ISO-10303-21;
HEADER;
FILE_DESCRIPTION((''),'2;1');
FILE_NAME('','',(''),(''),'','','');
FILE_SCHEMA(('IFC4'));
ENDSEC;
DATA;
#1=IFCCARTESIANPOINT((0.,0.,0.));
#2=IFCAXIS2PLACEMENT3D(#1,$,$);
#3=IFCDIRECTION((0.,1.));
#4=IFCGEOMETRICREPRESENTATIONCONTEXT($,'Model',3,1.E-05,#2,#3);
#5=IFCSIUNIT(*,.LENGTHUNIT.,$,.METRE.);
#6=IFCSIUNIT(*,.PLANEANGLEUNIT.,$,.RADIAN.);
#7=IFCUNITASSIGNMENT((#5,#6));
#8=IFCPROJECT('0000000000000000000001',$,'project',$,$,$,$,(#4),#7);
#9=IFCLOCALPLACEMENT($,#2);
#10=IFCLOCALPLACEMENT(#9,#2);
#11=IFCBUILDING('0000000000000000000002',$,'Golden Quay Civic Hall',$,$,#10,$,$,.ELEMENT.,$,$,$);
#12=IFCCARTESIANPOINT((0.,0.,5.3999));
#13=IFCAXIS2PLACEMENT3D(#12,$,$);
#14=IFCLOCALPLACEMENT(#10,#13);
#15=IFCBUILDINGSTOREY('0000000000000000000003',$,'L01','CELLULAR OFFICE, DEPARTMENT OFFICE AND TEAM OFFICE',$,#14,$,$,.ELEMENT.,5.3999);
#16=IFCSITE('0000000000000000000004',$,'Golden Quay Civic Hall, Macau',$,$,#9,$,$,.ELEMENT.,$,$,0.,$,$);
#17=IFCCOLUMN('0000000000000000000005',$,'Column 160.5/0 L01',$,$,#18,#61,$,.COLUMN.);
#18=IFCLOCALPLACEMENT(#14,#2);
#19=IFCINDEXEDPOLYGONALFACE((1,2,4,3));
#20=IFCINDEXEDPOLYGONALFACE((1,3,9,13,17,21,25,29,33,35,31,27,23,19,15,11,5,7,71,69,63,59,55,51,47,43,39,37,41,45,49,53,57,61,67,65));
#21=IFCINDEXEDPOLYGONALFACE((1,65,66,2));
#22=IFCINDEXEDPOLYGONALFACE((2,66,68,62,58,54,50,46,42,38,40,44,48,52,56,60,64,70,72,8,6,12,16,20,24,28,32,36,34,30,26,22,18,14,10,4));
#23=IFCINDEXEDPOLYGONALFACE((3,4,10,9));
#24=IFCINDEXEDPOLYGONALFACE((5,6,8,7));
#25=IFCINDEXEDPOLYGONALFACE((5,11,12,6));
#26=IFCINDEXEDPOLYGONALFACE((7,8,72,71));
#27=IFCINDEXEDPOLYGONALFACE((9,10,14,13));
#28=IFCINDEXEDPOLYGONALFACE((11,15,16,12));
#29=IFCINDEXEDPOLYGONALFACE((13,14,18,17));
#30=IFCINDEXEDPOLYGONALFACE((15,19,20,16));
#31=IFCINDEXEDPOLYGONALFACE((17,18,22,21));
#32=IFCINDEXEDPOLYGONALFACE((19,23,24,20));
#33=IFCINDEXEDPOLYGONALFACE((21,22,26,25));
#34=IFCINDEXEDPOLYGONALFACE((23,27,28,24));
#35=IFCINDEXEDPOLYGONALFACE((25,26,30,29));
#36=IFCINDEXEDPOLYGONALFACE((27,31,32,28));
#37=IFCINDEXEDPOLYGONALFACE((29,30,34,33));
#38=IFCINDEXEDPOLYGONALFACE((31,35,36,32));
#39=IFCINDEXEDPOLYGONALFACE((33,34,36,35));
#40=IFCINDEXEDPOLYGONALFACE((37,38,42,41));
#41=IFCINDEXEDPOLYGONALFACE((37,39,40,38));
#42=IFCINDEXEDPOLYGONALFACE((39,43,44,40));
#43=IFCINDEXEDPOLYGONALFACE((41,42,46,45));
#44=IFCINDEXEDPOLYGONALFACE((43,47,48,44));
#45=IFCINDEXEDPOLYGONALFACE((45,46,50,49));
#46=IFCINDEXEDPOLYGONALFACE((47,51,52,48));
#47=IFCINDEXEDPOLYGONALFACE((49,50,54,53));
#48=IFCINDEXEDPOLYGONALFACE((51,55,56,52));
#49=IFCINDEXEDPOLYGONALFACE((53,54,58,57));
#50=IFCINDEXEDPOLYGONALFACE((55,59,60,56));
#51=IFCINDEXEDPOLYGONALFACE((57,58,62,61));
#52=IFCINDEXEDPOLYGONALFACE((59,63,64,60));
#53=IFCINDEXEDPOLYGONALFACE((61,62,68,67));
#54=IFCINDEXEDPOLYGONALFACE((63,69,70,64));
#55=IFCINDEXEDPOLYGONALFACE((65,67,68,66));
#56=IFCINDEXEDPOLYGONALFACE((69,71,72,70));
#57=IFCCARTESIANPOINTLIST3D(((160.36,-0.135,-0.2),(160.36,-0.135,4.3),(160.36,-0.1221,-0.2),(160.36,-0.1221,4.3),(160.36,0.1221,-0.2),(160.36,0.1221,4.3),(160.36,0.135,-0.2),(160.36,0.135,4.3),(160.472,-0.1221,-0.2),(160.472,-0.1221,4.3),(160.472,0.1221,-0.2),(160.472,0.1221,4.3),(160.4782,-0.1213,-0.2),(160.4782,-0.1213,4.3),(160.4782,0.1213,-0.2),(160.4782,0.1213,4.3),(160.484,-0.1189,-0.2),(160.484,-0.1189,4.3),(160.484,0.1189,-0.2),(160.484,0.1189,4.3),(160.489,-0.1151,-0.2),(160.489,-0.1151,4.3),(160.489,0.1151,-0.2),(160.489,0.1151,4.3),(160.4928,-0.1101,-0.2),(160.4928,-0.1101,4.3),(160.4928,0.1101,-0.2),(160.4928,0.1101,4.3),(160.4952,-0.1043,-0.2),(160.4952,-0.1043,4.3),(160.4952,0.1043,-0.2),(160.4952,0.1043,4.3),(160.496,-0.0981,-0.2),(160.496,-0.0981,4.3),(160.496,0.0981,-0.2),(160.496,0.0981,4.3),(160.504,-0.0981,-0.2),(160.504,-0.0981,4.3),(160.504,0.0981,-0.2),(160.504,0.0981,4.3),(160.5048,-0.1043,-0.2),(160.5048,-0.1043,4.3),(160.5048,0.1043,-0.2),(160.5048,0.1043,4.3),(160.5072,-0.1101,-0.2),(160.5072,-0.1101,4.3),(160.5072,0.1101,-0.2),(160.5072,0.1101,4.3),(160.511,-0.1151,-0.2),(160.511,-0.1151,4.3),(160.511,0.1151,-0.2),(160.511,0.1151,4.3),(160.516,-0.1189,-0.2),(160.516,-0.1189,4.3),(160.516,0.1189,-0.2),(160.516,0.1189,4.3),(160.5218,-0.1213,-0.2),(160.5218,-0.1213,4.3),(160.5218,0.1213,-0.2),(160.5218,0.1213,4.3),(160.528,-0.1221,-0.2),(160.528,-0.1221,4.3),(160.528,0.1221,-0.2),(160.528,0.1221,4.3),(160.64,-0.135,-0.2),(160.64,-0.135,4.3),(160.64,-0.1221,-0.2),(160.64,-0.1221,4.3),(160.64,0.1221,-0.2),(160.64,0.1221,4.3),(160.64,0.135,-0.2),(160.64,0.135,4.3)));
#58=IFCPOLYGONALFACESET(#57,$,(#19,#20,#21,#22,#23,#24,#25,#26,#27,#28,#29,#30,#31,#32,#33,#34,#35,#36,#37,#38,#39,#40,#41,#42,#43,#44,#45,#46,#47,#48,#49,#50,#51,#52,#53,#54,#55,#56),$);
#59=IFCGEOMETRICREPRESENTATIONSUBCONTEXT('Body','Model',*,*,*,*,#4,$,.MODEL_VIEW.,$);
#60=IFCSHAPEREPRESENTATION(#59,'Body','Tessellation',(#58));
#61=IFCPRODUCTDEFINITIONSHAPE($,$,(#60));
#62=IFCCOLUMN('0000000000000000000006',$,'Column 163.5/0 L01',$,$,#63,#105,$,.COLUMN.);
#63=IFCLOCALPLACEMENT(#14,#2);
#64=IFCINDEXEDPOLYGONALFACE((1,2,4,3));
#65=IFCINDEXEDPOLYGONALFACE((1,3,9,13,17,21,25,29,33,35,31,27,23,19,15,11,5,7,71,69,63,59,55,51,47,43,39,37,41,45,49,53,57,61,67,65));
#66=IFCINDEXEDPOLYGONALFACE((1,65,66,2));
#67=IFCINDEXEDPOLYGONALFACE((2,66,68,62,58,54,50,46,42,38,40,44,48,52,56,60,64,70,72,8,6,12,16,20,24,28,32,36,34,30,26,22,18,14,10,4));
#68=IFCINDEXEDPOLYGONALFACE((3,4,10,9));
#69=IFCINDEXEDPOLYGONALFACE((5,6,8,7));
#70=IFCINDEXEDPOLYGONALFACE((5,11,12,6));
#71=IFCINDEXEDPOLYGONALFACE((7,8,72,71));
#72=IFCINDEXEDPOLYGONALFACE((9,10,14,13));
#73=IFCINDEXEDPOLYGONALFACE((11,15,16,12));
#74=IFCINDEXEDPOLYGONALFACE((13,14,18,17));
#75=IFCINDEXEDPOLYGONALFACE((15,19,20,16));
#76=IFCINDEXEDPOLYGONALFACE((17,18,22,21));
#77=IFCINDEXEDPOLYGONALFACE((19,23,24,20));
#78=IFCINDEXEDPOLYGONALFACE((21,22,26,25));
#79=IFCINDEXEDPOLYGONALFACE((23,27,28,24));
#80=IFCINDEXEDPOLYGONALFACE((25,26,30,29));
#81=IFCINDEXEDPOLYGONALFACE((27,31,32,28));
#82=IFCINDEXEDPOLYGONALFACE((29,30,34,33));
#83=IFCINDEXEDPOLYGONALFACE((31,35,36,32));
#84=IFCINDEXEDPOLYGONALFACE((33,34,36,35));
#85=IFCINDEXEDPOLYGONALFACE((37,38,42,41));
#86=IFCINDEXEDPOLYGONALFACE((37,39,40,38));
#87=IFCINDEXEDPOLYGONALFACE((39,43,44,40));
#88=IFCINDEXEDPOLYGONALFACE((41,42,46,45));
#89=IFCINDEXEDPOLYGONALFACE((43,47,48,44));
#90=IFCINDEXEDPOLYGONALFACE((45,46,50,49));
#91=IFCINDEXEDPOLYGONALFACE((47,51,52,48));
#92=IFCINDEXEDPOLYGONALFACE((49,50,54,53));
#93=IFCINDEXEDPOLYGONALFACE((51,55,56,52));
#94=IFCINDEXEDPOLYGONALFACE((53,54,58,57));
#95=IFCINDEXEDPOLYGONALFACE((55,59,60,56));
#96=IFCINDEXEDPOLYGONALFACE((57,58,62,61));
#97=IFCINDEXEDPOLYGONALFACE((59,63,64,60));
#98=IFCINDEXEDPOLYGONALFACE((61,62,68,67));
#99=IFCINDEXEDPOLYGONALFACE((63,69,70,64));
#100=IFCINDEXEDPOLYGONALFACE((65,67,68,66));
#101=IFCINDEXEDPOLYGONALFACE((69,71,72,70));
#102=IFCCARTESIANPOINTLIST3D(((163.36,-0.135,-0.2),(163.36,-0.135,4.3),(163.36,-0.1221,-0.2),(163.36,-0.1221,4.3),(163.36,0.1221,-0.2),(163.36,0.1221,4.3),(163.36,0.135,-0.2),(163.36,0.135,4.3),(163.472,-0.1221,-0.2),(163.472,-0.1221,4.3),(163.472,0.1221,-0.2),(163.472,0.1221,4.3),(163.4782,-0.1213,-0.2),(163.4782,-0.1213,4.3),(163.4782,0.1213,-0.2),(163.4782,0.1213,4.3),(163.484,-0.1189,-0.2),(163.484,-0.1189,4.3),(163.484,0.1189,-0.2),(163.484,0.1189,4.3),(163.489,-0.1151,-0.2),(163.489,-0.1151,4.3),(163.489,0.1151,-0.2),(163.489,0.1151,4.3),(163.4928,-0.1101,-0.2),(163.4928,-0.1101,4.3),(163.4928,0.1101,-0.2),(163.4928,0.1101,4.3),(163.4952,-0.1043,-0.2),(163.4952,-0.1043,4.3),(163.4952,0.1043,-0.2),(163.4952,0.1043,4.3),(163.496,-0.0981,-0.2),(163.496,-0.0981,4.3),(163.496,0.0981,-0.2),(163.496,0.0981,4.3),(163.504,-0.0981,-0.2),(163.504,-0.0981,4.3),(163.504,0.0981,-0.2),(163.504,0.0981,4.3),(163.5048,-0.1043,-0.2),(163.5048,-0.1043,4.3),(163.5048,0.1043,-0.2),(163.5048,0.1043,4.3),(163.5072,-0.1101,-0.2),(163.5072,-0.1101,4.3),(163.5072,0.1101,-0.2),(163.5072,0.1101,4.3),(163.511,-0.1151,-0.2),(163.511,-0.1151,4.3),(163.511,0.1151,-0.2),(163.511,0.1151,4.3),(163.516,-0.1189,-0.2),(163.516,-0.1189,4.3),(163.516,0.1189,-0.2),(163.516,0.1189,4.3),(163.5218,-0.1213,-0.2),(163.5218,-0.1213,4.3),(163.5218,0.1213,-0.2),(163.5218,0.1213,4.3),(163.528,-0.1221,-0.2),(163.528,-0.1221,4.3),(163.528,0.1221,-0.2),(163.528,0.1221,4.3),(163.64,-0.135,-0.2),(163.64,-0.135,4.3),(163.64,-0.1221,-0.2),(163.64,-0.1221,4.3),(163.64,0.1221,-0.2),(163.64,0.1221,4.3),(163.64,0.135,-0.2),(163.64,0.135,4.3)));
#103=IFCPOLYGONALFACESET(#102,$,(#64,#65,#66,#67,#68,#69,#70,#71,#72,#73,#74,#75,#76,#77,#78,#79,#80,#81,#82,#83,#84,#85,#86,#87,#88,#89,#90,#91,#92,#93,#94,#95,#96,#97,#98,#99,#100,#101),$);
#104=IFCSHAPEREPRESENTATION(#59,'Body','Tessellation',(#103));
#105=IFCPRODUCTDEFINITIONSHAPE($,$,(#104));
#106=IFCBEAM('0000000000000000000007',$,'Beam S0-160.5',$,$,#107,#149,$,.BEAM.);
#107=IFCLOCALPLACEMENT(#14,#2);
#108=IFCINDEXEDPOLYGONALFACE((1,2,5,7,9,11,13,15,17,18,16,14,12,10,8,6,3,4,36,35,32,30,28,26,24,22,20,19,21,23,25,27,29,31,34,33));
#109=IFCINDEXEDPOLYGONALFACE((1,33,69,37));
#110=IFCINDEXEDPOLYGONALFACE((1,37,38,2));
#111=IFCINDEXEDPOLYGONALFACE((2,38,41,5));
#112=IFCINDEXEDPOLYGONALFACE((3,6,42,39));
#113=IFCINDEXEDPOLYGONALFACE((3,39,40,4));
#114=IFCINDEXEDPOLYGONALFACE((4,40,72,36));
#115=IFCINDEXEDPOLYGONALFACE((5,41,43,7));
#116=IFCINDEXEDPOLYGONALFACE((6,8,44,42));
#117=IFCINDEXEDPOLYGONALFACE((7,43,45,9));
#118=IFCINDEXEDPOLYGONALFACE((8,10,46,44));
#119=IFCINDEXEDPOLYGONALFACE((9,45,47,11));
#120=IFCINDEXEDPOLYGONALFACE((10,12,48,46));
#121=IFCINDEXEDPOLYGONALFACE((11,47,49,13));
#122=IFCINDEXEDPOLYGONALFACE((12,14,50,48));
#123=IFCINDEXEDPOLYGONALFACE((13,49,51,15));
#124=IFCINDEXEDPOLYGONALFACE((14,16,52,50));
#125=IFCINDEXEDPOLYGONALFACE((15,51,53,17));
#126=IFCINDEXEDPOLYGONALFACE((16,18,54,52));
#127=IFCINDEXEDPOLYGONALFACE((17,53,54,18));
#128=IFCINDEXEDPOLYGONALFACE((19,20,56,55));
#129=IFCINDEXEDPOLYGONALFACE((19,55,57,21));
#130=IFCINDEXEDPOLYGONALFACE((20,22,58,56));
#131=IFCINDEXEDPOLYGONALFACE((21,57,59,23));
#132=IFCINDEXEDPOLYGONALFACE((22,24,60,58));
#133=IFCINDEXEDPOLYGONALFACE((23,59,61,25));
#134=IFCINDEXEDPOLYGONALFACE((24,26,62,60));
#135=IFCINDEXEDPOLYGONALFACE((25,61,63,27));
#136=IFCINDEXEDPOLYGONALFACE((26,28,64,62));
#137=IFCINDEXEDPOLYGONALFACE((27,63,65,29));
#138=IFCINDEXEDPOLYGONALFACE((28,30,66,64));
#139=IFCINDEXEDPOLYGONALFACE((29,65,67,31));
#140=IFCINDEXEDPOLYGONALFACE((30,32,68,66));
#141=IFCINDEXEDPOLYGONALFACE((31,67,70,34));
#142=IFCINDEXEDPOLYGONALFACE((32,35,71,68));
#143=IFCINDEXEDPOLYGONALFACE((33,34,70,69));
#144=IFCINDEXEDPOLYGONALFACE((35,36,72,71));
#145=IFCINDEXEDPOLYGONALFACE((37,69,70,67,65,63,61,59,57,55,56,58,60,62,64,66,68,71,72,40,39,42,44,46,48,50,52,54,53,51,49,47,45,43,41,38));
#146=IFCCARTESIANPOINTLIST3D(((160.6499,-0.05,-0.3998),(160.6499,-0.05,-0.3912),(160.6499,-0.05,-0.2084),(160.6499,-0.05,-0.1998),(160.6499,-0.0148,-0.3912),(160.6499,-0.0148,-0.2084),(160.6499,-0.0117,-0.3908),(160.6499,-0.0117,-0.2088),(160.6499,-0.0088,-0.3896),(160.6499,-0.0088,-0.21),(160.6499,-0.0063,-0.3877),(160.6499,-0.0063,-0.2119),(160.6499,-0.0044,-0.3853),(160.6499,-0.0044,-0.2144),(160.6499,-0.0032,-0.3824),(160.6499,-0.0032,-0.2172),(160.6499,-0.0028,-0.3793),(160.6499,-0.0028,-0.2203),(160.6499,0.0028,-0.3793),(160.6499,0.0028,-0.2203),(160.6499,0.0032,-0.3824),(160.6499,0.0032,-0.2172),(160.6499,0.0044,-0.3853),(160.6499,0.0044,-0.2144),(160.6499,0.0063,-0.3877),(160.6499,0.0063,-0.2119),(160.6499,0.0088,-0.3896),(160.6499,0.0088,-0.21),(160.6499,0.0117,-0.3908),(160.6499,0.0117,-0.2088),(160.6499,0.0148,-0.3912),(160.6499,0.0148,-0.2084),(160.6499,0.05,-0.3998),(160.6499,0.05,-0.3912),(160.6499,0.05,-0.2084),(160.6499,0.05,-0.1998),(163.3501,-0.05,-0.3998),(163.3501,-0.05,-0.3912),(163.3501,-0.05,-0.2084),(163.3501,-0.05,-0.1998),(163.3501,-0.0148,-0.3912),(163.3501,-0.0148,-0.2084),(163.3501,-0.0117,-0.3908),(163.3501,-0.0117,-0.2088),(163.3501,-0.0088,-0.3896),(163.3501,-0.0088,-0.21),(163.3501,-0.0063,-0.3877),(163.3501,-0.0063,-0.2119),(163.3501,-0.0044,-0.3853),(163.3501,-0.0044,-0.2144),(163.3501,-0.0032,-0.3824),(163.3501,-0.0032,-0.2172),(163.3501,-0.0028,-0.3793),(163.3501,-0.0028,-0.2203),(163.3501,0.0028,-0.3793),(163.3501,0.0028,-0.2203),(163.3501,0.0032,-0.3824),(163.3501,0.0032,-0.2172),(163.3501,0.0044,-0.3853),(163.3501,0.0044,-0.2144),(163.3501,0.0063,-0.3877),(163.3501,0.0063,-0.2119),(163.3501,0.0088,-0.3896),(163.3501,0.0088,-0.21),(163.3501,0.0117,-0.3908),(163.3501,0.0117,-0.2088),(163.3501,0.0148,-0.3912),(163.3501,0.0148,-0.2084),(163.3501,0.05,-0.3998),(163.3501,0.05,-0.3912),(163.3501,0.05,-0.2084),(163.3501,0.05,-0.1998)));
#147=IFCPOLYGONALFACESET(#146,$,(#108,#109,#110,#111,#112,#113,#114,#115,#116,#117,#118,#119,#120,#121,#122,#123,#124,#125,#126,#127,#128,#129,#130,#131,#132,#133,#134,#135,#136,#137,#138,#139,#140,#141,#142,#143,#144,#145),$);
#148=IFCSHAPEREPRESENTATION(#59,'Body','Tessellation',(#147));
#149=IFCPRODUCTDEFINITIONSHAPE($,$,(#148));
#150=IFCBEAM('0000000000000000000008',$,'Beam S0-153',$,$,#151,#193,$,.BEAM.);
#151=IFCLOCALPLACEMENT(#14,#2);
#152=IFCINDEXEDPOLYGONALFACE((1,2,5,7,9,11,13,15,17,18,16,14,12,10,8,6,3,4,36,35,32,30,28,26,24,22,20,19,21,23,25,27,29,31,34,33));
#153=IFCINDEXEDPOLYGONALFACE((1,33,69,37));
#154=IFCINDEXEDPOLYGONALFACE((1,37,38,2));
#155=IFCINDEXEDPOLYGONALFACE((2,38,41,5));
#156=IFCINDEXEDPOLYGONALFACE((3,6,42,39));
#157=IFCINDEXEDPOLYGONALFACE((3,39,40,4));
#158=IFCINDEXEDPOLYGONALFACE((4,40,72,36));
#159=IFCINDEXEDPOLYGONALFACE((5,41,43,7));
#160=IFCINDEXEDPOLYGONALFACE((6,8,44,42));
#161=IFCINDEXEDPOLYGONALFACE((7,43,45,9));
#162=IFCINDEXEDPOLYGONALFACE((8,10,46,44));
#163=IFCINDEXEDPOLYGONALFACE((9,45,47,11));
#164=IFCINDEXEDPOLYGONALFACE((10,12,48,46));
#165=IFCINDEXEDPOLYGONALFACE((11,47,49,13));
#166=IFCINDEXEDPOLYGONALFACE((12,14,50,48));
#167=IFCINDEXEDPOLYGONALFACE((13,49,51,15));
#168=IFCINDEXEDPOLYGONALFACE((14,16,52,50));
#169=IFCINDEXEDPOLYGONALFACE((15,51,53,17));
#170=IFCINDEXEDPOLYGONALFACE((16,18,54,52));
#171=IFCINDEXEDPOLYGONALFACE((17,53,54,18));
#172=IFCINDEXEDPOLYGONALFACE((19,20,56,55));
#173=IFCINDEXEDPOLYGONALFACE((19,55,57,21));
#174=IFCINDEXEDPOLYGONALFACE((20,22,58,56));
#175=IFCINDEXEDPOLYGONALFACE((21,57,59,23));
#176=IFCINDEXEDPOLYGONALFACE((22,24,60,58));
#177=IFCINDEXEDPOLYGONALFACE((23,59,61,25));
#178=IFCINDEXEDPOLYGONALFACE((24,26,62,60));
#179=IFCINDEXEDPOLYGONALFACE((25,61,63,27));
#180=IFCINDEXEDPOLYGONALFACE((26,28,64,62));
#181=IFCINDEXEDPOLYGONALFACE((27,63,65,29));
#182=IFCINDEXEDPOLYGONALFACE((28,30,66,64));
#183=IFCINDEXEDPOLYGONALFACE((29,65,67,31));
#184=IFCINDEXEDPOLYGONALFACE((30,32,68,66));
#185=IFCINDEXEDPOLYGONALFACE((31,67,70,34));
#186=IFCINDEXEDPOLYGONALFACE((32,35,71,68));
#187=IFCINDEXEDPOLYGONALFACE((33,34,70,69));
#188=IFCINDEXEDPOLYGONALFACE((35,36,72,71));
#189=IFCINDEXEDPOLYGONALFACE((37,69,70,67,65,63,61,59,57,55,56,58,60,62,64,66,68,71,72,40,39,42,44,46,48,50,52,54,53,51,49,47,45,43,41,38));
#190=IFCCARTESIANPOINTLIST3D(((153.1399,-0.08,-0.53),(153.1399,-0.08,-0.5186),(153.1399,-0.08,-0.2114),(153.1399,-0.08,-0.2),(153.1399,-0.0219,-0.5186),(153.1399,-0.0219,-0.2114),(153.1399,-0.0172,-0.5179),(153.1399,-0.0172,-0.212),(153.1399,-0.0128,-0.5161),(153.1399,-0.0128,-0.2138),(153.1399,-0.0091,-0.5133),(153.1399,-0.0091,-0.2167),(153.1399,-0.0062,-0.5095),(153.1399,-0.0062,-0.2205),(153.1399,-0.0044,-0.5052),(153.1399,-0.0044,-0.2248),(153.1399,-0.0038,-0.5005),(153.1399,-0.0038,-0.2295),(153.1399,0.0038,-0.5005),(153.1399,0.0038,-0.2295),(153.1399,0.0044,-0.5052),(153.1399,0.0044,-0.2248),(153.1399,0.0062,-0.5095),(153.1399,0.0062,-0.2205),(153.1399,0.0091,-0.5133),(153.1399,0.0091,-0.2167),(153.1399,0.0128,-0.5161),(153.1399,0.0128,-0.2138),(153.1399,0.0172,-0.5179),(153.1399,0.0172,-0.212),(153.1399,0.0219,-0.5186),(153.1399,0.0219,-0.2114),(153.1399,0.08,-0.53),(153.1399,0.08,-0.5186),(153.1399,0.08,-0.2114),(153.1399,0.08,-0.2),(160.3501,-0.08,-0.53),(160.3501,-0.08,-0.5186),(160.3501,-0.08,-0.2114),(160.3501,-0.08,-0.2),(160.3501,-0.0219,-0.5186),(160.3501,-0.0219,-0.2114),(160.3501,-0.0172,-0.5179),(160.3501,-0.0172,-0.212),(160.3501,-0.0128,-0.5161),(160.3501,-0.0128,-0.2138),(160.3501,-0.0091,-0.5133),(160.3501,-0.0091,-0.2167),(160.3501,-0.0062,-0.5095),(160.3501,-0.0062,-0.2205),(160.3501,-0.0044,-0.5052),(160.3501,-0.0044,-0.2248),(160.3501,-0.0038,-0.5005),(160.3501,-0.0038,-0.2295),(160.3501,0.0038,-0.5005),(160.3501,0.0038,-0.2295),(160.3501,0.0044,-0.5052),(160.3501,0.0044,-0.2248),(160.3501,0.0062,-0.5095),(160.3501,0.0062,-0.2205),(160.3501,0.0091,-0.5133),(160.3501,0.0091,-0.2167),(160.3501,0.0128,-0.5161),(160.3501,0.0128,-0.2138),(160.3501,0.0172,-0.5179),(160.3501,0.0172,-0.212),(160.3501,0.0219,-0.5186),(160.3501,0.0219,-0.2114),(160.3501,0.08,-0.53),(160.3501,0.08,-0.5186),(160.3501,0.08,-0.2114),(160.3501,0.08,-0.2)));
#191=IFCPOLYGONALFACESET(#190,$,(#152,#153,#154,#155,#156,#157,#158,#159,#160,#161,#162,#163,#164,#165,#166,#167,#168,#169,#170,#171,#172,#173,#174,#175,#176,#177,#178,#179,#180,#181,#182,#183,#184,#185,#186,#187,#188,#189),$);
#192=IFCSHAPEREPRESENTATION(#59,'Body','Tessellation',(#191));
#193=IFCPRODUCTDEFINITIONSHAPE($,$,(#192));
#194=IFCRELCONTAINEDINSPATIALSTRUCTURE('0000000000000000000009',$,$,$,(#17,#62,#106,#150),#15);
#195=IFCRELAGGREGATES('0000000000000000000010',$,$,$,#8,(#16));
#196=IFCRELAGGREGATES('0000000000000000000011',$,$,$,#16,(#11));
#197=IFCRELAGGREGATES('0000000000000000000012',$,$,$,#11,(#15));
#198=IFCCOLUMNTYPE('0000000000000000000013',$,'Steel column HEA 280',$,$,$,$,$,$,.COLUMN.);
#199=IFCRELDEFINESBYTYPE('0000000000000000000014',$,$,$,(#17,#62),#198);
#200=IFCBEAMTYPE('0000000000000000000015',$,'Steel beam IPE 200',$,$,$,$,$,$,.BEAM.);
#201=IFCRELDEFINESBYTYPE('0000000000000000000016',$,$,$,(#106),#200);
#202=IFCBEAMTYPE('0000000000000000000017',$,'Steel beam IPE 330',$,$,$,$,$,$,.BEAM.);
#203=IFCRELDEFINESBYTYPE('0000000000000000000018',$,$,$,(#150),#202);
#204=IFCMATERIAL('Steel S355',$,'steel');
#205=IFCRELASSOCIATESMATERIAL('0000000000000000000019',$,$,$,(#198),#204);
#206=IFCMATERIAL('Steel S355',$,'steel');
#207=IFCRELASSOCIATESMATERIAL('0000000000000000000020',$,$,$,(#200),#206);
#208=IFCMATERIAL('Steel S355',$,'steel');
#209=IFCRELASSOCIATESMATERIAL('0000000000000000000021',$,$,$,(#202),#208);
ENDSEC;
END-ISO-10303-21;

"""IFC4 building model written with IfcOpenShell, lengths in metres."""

from ifc_helpers import new_model, si_unit, direction, frame, origin, origin_2d, place, context, subcontext, project, spatial, i_section, extrude, material, material_profile, profile_set, type_object, element, save


model = new_model("IFC4")

# Units and contexts
model_context = context("Model", 3, precision=1e-05, world=origin(), true_north=direction((0.0, 1.0)))
body_context = subcontext(model_context, "Body", "Model", "MODEL_VIEW")
ifc_project = project(units=[si_unit("LENGTHUNIT", "METRE"), si_unit("PLANEANGLEUNIT", "RADIAN")], contexts=[model_context])

# Site, building, storey
site_placement = place(None, origin())
site = spatial("IfcSite", under=ifc_project, at=site_placement, Name="Golden Quay Civic Hall, Macau", CompositionType="ELEMENT", RefElevation=0.0)
building_placement = place(site_placement, origin())
building = spatial("IfcBuilding", under=site, at=building_placement, Name="Golden Quay Civic Hall", CompositionType="ELEMENT")
storey_placement = place(building_placement, frame((0.0, 0.0, 5.3999)))
storey = spatial("IfcBuildingStorey", under=building, at=storey_placement, Name="L01", Description="CELLULAR OFFICE, DEPARTMENT OFFICE AND TEAM OFFICE", CompositionType="ELEMENT", Elevation=5.3999)

# Columns
ifc_material_1 = material(Name="Steel S355", Category="steel")
ifc_material_profile_1 = material_profile(ifc_material_1, i_section(OverallWidth=0.28, OverallDepth=0.27, WebThickness=0.0081, FlangeThickness=0.0129, FilletRadius=0.0239, at=origin_2d()), Name="HEA 280")
ifc_profile_set_1 = profile_set([ifc_material_profile_1], Name="Steel S355")
column_type = type_object("IfcColumnType", Name="Steel column HEA 280", PredefinedType="COLUMN", material=ifc_profile_set_1)
for number, where, z_axis, x_axis, name in (
    (1, (160.5, 0.0, -0.2), (0.0, 0.0, 1.0), (1.0, 0.0, 0.0), "Column 160.5/0 L01"),
    (2, (163.5, 0.0, -0.2), (0.0, 0.0, 1.0), (1.0, 0.0, 0.0), "Column 163.5/0 L01"),
):
    element("IfcColumn", number, at=place(storey_placement, frame(where, z_axis=z_axis, x_axis=x_axis)), inside=storey, type_object=column_type, Name=name, PredefinedType="COLUMN", context=body_context, shape_type="SweptSolid", body=[
        extrude(i_section(OverallWidth=0.28, OverallDepth=0.27, WebThickness=0.0081, FlangeThickness=0.0129, FilletRadius=0.0239, at=origin_2d()), origin(), (0.0, 0.0, 1.0), 4.5),
    ])

# Beams
ifc_material_2 = material(Name="Steel S355", Category="steel")
ifc_material_profile_2 = material_profile(ifc_material_2, i_section(OverallWidth=0.1001, OverallDepth=0.2, WebThickness=0.0056, FlangeThickness=0.0085, FilletRadius=0.012, at=origin_2d()), Name="IPE 200")
ifc_profile_set_2 = profile_set([ifc_material_profile_2], Name="Steel S355")
beam_type_1 = type_object("IfcBeamType", Name="Steel beam IPE 200", PredefinedType="BEAM", material=ifc_profile_set_2)
beam_1_placement = place(storey_placement, frame((160.6499, 0.0, -0.2998), z_axis=(1.0, 0.0, 0.0), x_axis=(0.0, 1.0, 0.0)))
element("IfcBeam", 3, at=beam_1_placement, inside=storey, type_object=beam_type_1, Name="Beam S0-160.5", PredefinedType="BEAM", context=body_context, shape_type="SweptSolid", body=[
    extrude(i_section(OverallWidth=0.1001, OverallDepth=0.2, WebThickness=0.0056, FlangeThickness=0.0085, FilletRadius=0.012, at=origin_2d()), origin(), (0.0, 0.0, 1.0), 2.7002),
])
ifc_material_3 = material(Name="Steel S355", Category="steel")
ifc_material_profile_3 = material_profile(ifc_material_3, i_section(OverallWidth=0.1599, OverallDepth=0.3301, WebThickness=0.0076, FlangeThickness=0.0115, FilletRadius=0.0181, at=origin_2d()), Name="IPE 330")
ifc_profile_set_3 = profile_set([ifc_material_profile_3], Name="Steel S355")
beam_type_2 = type_object("IfcBeamType", Name="Steel beam IPE 330", PredefinedType="BEAM", material=ifc_profile_set_3)
beam_2_placement = place(storey_placement, frame((153.1399, 0.0, -0.365), z_axis=(1.0, 0.0, 0.0), x_axis=(0.0, 1.0, 0.0)))
element("IfcBeam", 4, at=beam_2_placement, inside=storey, type_object=beam_type_2, Name="Beam S0-153", PredefinedType="BEAM", context=body_context, shape_type="SweptSolid", body=[
    extrude(i_section(OverallWidth=0.1599, OverallDepth=0.3301, WebThickness=0.0076, FlangeThickness=0.0115, FilletRadius=0.0181, at=origin_2d()), origin(), (0.0, 0.0, 1.0), 7.2102),
])

save(model, "model.ifc")
